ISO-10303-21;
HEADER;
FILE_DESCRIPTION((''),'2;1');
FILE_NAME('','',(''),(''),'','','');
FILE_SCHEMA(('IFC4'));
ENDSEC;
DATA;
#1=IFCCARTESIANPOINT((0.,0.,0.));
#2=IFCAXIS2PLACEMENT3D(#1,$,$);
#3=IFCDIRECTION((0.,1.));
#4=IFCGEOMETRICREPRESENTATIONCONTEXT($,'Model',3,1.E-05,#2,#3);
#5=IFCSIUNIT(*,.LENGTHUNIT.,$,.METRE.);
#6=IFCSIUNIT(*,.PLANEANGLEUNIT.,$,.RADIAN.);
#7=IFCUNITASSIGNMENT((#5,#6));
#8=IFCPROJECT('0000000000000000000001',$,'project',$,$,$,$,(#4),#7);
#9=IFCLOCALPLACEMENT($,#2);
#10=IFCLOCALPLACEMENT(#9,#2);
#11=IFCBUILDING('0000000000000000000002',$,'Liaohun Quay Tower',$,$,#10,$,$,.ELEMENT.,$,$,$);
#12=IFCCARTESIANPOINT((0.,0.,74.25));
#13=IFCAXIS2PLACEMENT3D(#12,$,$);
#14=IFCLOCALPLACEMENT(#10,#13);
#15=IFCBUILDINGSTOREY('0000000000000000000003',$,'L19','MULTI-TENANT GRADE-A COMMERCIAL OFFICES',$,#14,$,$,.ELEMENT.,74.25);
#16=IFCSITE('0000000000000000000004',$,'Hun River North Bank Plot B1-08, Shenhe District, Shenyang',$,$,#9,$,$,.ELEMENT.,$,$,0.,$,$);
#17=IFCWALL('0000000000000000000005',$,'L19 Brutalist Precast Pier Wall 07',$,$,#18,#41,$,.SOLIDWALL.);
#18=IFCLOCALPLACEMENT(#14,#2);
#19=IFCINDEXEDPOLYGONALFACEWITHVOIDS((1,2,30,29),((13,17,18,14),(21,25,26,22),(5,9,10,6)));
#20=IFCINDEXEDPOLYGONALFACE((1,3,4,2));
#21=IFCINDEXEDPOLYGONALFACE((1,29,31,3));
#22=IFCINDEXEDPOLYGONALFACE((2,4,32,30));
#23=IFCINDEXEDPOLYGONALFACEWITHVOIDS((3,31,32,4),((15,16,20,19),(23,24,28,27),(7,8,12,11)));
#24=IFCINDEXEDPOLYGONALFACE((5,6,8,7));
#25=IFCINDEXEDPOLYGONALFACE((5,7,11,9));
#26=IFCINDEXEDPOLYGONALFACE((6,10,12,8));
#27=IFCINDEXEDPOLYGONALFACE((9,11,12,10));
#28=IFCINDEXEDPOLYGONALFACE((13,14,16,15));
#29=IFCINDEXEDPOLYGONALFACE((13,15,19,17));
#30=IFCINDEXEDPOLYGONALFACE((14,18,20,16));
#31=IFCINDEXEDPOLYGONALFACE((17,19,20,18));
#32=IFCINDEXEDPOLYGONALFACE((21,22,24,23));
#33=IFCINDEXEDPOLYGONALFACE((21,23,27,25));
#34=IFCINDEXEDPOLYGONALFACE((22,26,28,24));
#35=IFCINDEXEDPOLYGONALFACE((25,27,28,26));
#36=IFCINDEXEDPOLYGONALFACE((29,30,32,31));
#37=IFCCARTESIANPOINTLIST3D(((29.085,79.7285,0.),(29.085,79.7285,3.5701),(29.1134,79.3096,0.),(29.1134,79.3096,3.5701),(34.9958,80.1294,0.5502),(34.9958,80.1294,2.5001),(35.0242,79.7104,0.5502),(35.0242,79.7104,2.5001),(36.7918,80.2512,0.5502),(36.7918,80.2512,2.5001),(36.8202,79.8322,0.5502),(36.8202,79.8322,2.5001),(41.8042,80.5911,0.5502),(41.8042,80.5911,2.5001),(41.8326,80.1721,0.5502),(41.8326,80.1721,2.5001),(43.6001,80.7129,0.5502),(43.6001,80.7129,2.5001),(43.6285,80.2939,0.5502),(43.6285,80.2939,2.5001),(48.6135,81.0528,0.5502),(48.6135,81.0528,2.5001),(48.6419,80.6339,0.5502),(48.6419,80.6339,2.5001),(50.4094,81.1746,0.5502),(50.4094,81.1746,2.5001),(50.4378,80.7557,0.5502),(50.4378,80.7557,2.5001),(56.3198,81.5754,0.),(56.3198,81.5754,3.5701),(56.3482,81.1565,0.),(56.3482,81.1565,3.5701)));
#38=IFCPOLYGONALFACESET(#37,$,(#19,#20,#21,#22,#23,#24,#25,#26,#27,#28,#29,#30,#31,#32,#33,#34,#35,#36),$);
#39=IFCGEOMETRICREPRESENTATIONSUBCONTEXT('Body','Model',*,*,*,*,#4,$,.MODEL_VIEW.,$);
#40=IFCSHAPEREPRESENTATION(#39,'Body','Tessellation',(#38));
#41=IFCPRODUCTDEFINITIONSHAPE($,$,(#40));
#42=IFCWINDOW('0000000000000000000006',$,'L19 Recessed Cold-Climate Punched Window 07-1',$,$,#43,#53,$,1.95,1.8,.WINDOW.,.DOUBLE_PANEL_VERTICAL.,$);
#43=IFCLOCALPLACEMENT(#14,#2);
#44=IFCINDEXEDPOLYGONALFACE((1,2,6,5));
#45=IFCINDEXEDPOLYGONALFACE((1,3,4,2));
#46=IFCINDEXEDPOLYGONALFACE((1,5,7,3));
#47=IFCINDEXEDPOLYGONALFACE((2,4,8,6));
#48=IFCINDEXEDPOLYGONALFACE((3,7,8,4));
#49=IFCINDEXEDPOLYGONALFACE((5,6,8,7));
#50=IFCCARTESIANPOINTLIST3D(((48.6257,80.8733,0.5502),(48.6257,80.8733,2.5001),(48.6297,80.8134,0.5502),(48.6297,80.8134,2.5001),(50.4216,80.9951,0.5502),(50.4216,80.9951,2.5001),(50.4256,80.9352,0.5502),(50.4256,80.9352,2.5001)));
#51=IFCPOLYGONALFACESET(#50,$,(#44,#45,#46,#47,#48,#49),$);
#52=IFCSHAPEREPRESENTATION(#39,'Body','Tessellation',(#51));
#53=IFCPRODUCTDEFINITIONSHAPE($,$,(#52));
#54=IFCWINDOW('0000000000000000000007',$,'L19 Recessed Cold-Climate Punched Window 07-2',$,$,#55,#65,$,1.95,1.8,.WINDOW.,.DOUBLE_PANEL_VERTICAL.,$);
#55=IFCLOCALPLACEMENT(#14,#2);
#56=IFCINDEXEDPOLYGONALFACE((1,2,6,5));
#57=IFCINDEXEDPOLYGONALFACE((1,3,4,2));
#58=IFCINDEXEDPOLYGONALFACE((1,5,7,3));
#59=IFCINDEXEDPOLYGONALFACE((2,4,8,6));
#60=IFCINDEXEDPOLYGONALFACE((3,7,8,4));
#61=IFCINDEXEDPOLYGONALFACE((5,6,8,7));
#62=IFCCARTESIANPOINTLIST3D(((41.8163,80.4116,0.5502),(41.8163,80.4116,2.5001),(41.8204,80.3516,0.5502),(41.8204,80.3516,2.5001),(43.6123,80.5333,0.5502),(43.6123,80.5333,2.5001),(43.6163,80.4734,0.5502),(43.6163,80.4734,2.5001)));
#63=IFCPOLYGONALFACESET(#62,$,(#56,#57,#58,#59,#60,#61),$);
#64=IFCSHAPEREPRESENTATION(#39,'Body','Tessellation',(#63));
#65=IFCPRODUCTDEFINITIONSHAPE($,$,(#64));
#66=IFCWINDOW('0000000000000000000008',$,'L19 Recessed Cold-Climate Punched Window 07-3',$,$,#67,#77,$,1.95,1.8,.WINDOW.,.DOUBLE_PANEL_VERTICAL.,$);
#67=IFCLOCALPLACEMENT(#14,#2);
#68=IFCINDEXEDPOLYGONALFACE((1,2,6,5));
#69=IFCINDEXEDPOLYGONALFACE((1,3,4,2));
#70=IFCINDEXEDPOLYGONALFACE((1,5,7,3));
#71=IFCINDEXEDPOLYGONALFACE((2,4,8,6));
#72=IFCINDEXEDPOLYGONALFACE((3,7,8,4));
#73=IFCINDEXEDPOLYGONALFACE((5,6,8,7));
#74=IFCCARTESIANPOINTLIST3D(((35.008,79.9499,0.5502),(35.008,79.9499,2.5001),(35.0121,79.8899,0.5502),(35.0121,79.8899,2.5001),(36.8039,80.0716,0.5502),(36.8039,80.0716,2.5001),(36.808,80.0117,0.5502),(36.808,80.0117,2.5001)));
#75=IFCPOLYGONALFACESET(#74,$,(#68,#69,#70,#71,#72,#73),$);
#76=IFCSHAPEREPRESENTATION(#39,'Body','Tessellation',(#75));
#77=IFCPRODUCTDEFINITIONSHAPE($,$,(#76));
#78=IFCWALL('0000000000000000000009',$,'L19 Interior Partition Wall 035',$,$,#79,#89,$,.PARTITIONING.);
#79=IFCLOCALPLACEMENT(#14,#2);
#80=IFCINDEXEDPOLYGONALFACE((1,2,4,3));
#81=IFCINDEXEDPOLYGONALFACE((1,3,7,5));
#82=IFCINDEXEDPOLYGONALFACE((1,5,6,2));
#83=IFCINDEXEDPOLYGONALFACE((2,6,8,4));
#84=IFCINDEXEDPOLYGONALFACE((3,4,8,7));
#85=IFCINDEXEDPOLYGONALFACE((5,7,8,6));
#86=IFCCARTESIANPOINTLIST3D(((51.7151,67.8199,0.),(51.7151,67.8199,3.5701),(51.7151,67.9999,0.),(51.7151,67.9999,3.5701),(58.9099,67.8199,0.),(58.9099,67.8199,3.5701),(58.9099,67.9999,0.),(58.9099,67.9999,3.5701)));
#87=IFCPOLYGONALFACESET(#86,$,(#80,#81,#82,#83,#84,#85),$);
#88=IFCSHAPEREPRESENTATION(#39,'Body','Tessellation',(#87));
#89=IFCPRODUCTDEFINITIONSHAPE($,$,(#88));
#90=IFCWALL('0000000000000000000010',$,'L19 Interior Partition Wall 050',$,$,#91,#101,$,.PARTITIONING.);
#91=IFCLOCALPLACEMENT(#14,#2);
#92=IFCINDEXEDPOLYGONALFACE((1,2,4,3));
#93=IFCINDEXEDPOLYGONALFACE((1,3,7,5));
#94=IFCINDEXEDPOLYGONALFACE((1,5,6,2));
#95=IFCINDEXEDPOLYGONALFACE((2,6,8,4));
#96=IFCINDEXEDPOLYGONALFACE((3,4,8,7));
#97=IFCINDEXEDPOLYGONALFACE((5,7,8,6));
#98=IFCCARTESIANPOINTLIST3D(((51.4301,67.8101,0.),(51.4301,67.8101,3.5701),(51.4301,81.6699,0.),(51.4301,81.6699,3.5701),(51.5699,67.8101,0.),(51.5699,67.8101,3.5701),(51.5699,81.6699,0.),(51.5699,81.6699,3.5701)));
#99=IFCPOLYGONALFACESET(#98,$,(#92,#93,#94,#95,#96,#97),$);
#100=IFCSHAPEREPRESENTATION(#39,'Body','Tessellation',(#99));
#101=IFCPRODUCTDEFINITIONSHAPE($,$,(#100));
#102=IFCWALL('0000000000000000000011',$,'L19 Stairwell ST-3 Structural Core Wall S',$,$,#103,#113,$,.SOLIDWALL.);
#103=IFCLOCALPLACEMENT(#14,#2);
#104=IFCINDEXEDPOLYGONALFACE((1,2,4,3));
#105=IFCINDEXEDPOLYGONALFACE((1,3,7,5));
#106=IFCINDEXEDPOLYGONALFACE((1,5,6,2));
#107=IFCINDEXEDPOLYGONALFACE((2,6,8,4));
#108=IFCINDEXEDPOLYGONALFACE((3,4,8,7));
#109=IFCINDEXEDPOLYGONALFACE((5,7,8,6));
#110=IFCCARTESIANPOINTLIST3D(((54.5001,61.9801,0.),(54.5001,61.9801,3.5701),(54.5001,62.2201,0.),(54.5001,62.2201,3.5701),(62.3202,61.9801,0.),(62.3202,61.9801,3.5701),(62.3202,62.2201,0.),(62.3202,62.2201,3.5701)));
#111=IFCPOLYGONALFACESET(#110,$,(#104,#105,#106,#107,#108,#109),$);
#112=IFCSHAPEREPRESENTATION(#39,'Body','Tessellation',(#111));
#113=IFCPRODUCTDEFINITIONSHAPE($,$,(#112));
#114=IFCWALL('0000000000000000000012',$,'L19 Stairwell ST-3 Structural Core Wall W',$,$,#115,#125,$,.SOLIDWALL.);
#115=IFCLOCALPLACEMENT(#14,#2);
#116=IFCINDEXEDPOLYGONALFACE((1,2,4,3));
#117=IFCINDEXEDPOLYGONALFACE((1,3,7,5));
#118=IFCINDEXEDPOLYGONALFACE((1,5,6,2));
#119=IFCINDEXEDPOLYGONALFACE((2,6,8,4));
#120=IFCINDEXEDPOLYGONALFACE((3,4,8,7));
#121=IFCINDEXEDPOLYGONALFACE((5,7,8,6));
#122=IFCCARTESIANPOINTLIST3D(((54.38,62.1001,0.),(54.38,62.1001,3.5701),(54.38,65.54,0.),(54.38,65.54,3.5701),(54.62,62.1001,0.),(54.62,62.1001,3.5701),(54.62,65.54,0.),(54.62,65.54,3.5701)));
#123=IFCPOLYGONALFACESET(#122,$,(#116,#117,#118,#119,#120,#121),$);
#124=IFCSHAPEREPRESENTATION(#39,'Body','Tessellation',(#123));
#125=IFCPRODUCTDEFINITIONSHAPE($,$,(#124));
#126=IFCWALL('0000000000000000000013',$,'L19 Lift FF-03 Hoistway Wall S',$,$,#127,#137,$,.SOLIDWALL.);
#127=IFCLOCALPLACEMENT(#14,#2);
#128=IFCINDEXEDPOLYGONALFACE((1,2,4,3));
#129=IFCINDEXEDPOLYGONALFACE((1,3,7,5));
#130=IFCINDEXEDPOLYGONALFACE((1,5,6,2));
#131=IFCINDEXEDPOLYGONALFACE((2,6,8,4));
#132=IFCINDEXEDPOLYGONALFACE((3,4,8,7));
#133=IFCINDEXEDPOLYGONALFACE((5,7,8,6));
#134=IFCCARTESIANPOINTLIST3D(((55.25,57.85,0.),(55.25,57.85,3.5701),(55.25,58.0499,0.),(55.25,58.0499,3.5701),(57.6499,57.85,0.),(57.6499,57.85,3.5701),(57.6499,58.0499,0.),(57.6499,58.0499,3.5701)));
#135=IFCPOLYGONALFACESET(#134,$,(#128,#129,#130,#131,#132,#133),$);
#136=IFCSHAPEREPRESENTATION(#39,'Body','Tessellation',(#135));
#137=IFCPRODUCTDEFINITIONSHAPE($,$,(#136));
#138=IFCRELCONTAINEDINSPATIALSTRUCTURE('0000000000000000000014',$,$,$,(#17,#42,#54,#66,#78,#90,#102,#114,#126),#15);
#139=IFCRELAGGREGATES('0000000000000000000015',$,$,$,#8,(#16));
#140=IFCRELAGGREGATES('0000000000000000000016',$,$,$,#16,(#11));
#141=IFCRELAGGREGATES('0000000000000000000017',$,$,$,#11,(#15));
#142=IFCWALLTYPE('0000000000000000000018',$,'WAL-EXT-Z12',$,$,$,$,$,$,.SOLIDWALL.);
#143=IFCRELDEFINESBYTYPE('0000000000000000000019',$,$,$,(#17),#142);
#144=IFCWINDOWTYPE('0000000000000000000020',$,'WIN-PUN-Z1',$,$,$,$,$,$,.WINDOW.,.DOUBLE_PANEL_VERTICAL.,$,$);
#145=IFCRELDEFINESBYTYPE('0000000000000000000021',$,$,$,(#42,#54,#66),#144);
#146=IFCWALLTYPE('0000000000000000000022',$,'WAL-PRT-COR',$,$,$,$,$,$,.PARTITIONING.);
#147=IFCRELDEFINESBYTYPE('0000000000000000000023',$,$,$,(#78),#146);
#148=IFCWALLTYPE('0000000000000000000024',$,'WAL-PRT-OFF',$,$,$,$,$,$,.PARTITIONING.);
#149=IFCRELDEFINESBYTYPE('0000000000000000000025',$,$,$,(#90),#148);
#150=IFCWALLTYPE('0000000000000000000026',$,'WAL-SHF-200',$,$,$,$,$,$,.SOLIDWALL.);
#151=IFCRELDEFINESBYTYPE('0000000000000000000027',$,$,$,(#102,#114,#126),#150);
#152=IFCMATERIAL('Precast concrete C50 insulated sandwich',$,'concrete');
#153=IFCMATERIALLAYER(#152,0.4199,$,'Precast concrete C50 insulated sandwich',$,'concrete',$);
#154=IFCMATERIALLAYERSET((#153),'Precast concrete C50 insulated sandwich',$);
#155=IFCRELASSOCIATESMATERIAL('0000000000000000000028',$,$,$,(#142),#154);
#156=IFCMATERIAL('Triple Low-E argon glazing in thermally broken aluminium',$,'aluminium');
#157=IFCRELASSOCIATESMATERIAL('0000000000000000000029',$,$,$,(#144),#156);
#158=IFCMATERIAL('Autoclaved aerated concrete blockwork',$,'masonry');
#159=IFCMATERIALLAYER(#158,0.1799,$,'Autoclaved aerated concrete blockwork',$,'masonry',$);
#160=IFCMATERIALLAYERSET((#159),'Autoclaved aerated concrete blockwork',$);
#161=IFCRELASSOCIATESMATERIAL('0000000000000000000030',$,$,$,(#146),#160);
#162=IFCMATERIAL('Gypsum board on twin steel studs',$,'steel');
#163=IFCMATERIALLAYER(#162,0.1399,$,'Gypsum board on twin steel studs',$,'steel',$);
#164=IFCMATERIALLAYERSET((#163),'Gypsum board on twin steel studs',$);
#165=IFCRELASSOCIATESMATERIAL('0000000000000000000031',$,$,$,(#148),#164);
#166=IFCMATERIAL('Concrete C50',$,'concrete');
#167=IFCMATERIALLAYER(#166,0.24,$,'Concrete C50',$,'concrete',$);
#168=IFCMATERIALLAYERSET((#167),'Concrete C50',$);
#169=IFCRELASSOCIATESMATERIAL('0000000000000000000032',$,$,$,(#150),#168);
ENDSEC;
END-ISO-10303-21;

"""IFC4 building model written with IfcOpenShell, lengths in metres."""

from ifc_helpers import new_model, si_unit, direction, frame, frame_2d, origin, place, context, subcontext, project, spatial, rectangle, extrude, source, transform, mapped, material, layer, layer_set, type_object, element, fill, save


model = new_model("IFC4")

# Units and contexts
model_context = context("Model", 3, precision=1e-05, world=origin(), true_north=direction((0.0, 1.0)))
body_context = subcontext(model_context, "Body", "Model", "MODEL_VIEW")
ifc_project = project(units=[si_unit("LENGTHUNIT", "METRE"), si_unit("PLANEANGLEUNIT", "RADIAN")], contexts=[model_context])

# Site, building, storey
site_placement = place(None, origin())
site = spatial("IfcSite", under=ifc_project, at=site_placement, Name="Hun River North Bank Plot B1-08, Shenhe District, Shenyang", CompositionType="ELEMENT", RefElevation=0.0)
building_placement = place(site_placement, origin())
building = spatial("IfcBuilding", under=site, at=building_placement, Name="Liaohun Quay Tower", CompositionType="ELEMENT")
storey_placement = place(building_placement, frame((0.0, 0.0, 74.25)))
storey = spatial("IfcBuildingStorey", under=building, at=storey_placement, Name="L19", Description="MULTI-TENANT GRADE-A COMMERCIAL OFFICES", CompositionType="ELEMENT", Elevation=74.25)

# Wall, openings, windows
ifc_material_1 = material(Name="Precast concrete C50 insulated sandwich", Category="concrete")
ifc_layer_1 = layer(ifc_material_1, 0.4199, Name="Precast concrete C50 insulated sandwich", Category="concrete")
ifc_layer_set_1 = layer_set([ifc_layer_1], Name="Precast concrete C50 insulated sandwich")
wall_type_1 = type_object("IfcWallType", Name="WAL-EXT-Z12", PredefinedType="SOLIDWALL", material=ifc_layer_set_1)
wall_1_placement = place(storey_placement, frame((56.334, 81.366, 0.0), z_axis=(0.0, 0.0, 1.0), x_axis=(-0.997708, -0.067659, 0.0)))
wall_1 = element("IfcWall", 1, at=wall_1_placement, inside=storey, type_object=wall_type_1, Name="L19 Brutalist Precast Pier Wall 07", PredefinedType="SOLIDWALL", context=body_context, shape_type="SweptSolid", body=[
    extrude(rectangle(XDim=27.2974, YDim=0.4199, at=frame_2d((13.6487, 0.0))), origin(), (0.0, 0.0, 1.0), 3.5701),
])
shared_shape_1 = source(origin(), body_context, "Body", "SweptSolid", [
    extrude(rectangle(XDim=1.8, YDim=1.95, at=frame_2d((0.8999, 0.9751))), frame((0.0, 0.22, 0.0), z_axis=(0.0, -1.0, 0.0), x_axis=(1.0, 0.0, 0.0)), (0.0, 0.0, 1.0), 0.4399),
])
opening_1_placement = place(wall_1_placement, frame((5.9241, 0.0, 0.55)))
opening_1 = element("IfcOpeningElement", 2, at=opening_1_placement, cuts=wall_1, PredefinedType="OPENING", context=body_context, shape_type="MappedRepresentation", body=[
    mapped(shared_shape_1, transform((0.0, 0.0, 0.0), x_axis=(1.0, 0.0, 0.0), y_axis=(0.0, 1.0, 0.0), z_axis=(0.0, 0.0, 1.0), scale=1.0)),
])
opening_2_placement = place(wall_1_placement, frame((12.749, 0.0, 0.55)))
opening_2 = element("IfcOpeningElement", 3, at=opening_2_placement, cuts=wall_1, PredefinedType="OPENING", context=body_context, shape_type="MappedRepresentation", body=[
    mapped(shared_shape_1, transform((0.0, 0.0, 0.0), x_axis=(1.0, 0.0, 0.0), y_axis=(0.0, 1.0, 0.0), z_axis=(0.0, 0.0, 1.0), scale=1.0)),
])
opening_3_placement = place(wall_1_placement, frame((19.573, 0.0, 0.55)))
opening_3 = element("IfcOpeningElement", 4, at=opening_3_placement, cuts=wall_1, PredefinedType="OPENING", context=body_context, shape_type="MappedRepresentation", body=[
    mapped(shared_shape_1, transform((0.0, 0.0, 0.0), x_axis=(1.0, 0.0, 0.0), y_axis=(0.0, 1.0, 0.0), z_axis=(0.0, 0.0, 1.0), scale=1.0)),
])
ifc_material_2 = material(Name="Triple Low-E argon glazing in thermally broken aluminium", Category="aluminium")
window_type = type_object("IfcWindowType", Name="WIN-PUN-Z1", PartitioningType="DOUBLE_PANEL_VERTICAL", PredefinedType="WINDOW", material=ifc_material_2)
shared_shape_2 = source(origin(), body_context, "Body", "SweptSolid", [
    extrude(rectangle(XDim=1.8, YDim=1.95, at=frame_2d((0.8999, 0.9751))), frame((0.0, 0.03, 0.0), z_axis=(0.0, -1.0, 0.0), x_axis=(1.0, 0.0, 0.0)), (0.0, 0.0, 1.0), 0.0601),
])
window_1_placement = place(opening_1_placement, origin())
window_1 = element("IfcWindow", 5, at=window_1_placement, inside=storey, type_object=window_type, Name="L19 Recessed Cold-Climate Punched Window 07-1", OverallHeight=1.95, OverallWidth=1.8, PartitioningType="DOUBLE_PANEL_VERTICAL", PredefinedType="WINDOW", context=body_context, shape_type="MappedRepresentation", body=[
    mapped(shared_shape_2, transform((0.0, 0.0, 0.0), x_axis=(1.0, 0.0, 0.0), y_axis=(0.0, 1.0, 0.0), z_axis=(0.0, 0.0, 1.0), scale=1.0)),
])
fill(opening_1, window_1)
window_2_placement = place(opening_2_placement, origin())
window_2 = element("IfcWindow", 6, at=window_2_placement, inside=storey, type_object=window_type, Name="L19 Recessed Cold-Climate Punched Window 07-2", OverallHeight=1.95, OverallWidth=1.8, PartitioningType="DOUBLE_PANEL_VERTICAL", PredefinedType="WINDOW", context=body_context, shape_type="MappedRepresentation", body=[
    mapped(shared_shape_2, transform((0.0, 0.0, 0.0), x_axis=(1.0, 0.0, 0.0), y_axis=(0.0, 1.0, 0.0), z_axis=(0.0, 0.0, 1.0), scale=1.0)),
])
fill(opening_2, window_2)
window_3_placement = place(opening_3_placement, origin())
window_3 = element("IfcWindow", 7, at=window_3_placement, inside=storey, type_object=window_type, Name="L19 Recessed Cold-Climate Punched Window 07-3", OverallHeight=1.95, OverallWidth=1.8, PartitioningType="DOUBLE_PANEL_VERTICAL", PredefinedType="WINDOW", context=body_context, shape_type="MappedRepresentation", body=[
    mapped(shared_shape_2, transform((0.0, 0.0, 0.0), x_axis=(1.0, 0.0, 0.0), y_axis=(0.0, 1.0, 0.0), z_axis=(0.0, 0.0, 1.0), scale=1.0)),
])
fill(opening_3, window_3)

# Walls
ifc_material_3 = material(Name="Autoclaved aerated concrete blockwork", Category="masonry")
ifc_layer_2 = layer(ifc_material_3, 0.1799, Name="Autoclaved aerated concrete blockwork", Category="masonry")
ifc_layer_set_2 = layer_set([ifc_layer_2], Name="Autoclaved aerated concrete blockwork")
wall_type_2 = type_object("IfcWallType", Name="WAL-PRT-COR", PredefinedType="PARTITIONING", material=ifc_layer_set_2)
wall_2_placement = place(storey_placement, frame((51.7151, 67.9099, 0.0), z_axis=(0.0, 0.0, 1.0), x_axis=(1.0, 0.0, 0.0)))
element("IfcWall", 8, at=wall_2_placement, inside=storey, type_object=wall_type_2, Name="L19 Interior Partition Wall 035", PredefinedType="PARTITIONING", context=body_context, shape_type="SweptSolid", body=[
    extrude(rectangle(XDim=7.1948, YDim=0.1799, at=frame_2d((3.5974, 0.0))), origin(), (0.0, 0.0, 1.0), 3.5701),
])
ifc_material_4 = material(Name="Gypsum board on twin steel studs", Category="steel")
ifc_layer_3 = layer(ifc_material_4, 0.1399, Name="Gypsum board on twin steel studs", Category="steel")
ifc_layer_set_3 = layer_set([ifc_layer_3], Name="Gypsum board on twin steel studs")
wall_type_3 = type_object("IfcWallType", Name="WAL-PRT-OFF", PredefinedType="PARTITIONING", material=ifc_layer_set_3)
wall_3_placement = place(storey_placement, frame((51.5, 67.8101, 0.0), z_axis=(0.0, 0.0, 1.0), x_axis=(0.0, 1.0, 0.0)))
element("IfcWall", 9, at=wall_3_placement, inside=storey, type_object=wall_type_3, Name="L19 Interior Partition Wall 050", PredefinedType="PARTITIONING", context=body_context, shape_type="SweptSolid", body=[
    extrude(rectangle(XDim=13.8599, YDim=0.1399, at=frame_2d((6.9299, 0.0))), origin(), (0.0, 0.0, 1.0), 3.5701),
])
ifc_material_5 = material(Name="Concrete C50", Category="concrete")
ifc_layer_4 = layer(ifc_material_5, 0.24, Name="Concrete C50", Category="concrete")
ifc_layer_set_4 = layer_set([ifc_layer_4], Name="Concrete C50")
wall_type_4 = type_object("IfcWallType", Name="WAL-SHF-200", PredefinedType="SOLIDWALL", material=ifc_layer_set_4)
wall_4_placement = place(storey_placement, frame((54.5, 62.1001, 0.0), z_axis=(0.0, 0.0, 1.0), x_axis=(1.0, 0.0, 0.0)))
element("IfcWall", 10, at=wall_4_placement, inside=storey, type_object=wall_type_4, Name="L19 Stairwell ST-3 Structural Core Wall S", PredefinedType="SOLIDWALL", context=body_context, shape_type="SweptSolid", body=[
    extrude(rectangle(XDim=7.8201, YDim=0.24, at=frame_2d((3.9102, 0.0))), origin(), (0.0, 0.0, 1.0), 3.5701),
])
wall_5_placement = place(storey_placement, frame((54.5, 65.54, 0.0), z_axis=(0.0, 0.0, 1.0), x_axis=(0.0, -1.0, 0.0)))
element("IfcWall", 11, at=wall_5_placement, inside=storey, type_object=wall_type_4, Name="L19 Stairwell ST-3 Structural Core Wall W", PredefinedType="SOLIDWALL", context=body_context, shape_type="SweptSolid", body=[
    extrude(rectangle(XDim=3.4399, YDim=0.24, at=frame_2d((1.72, 0.0))), origin(), (0.0, 0.0, 1.0), 3.5701),
])
wall_6_placement = place(storey_placement, frame((55.25, 57.95, 0.0), z_axis=(0.0, 0.0, 1.0), x_axis=(1.0, 0.0, 0.0)))
element("IfcWall", 12, at=wall_6_placement, inside=storey, type_object=wall_type_4, Name="L19 Lift FF-03 Hoistway Wall S", PredefinedType="SOLIDWALL", context=body_context, shape_type="SweptSolid", body=[
    extrude(rectangle(XDim=2.3999, YDim=0.2, at=frame_2d((1.2, 0.0))), origin(), (0.0, 0.0, 1.0), 3.5701),
])

save(model, "model.ifc")
